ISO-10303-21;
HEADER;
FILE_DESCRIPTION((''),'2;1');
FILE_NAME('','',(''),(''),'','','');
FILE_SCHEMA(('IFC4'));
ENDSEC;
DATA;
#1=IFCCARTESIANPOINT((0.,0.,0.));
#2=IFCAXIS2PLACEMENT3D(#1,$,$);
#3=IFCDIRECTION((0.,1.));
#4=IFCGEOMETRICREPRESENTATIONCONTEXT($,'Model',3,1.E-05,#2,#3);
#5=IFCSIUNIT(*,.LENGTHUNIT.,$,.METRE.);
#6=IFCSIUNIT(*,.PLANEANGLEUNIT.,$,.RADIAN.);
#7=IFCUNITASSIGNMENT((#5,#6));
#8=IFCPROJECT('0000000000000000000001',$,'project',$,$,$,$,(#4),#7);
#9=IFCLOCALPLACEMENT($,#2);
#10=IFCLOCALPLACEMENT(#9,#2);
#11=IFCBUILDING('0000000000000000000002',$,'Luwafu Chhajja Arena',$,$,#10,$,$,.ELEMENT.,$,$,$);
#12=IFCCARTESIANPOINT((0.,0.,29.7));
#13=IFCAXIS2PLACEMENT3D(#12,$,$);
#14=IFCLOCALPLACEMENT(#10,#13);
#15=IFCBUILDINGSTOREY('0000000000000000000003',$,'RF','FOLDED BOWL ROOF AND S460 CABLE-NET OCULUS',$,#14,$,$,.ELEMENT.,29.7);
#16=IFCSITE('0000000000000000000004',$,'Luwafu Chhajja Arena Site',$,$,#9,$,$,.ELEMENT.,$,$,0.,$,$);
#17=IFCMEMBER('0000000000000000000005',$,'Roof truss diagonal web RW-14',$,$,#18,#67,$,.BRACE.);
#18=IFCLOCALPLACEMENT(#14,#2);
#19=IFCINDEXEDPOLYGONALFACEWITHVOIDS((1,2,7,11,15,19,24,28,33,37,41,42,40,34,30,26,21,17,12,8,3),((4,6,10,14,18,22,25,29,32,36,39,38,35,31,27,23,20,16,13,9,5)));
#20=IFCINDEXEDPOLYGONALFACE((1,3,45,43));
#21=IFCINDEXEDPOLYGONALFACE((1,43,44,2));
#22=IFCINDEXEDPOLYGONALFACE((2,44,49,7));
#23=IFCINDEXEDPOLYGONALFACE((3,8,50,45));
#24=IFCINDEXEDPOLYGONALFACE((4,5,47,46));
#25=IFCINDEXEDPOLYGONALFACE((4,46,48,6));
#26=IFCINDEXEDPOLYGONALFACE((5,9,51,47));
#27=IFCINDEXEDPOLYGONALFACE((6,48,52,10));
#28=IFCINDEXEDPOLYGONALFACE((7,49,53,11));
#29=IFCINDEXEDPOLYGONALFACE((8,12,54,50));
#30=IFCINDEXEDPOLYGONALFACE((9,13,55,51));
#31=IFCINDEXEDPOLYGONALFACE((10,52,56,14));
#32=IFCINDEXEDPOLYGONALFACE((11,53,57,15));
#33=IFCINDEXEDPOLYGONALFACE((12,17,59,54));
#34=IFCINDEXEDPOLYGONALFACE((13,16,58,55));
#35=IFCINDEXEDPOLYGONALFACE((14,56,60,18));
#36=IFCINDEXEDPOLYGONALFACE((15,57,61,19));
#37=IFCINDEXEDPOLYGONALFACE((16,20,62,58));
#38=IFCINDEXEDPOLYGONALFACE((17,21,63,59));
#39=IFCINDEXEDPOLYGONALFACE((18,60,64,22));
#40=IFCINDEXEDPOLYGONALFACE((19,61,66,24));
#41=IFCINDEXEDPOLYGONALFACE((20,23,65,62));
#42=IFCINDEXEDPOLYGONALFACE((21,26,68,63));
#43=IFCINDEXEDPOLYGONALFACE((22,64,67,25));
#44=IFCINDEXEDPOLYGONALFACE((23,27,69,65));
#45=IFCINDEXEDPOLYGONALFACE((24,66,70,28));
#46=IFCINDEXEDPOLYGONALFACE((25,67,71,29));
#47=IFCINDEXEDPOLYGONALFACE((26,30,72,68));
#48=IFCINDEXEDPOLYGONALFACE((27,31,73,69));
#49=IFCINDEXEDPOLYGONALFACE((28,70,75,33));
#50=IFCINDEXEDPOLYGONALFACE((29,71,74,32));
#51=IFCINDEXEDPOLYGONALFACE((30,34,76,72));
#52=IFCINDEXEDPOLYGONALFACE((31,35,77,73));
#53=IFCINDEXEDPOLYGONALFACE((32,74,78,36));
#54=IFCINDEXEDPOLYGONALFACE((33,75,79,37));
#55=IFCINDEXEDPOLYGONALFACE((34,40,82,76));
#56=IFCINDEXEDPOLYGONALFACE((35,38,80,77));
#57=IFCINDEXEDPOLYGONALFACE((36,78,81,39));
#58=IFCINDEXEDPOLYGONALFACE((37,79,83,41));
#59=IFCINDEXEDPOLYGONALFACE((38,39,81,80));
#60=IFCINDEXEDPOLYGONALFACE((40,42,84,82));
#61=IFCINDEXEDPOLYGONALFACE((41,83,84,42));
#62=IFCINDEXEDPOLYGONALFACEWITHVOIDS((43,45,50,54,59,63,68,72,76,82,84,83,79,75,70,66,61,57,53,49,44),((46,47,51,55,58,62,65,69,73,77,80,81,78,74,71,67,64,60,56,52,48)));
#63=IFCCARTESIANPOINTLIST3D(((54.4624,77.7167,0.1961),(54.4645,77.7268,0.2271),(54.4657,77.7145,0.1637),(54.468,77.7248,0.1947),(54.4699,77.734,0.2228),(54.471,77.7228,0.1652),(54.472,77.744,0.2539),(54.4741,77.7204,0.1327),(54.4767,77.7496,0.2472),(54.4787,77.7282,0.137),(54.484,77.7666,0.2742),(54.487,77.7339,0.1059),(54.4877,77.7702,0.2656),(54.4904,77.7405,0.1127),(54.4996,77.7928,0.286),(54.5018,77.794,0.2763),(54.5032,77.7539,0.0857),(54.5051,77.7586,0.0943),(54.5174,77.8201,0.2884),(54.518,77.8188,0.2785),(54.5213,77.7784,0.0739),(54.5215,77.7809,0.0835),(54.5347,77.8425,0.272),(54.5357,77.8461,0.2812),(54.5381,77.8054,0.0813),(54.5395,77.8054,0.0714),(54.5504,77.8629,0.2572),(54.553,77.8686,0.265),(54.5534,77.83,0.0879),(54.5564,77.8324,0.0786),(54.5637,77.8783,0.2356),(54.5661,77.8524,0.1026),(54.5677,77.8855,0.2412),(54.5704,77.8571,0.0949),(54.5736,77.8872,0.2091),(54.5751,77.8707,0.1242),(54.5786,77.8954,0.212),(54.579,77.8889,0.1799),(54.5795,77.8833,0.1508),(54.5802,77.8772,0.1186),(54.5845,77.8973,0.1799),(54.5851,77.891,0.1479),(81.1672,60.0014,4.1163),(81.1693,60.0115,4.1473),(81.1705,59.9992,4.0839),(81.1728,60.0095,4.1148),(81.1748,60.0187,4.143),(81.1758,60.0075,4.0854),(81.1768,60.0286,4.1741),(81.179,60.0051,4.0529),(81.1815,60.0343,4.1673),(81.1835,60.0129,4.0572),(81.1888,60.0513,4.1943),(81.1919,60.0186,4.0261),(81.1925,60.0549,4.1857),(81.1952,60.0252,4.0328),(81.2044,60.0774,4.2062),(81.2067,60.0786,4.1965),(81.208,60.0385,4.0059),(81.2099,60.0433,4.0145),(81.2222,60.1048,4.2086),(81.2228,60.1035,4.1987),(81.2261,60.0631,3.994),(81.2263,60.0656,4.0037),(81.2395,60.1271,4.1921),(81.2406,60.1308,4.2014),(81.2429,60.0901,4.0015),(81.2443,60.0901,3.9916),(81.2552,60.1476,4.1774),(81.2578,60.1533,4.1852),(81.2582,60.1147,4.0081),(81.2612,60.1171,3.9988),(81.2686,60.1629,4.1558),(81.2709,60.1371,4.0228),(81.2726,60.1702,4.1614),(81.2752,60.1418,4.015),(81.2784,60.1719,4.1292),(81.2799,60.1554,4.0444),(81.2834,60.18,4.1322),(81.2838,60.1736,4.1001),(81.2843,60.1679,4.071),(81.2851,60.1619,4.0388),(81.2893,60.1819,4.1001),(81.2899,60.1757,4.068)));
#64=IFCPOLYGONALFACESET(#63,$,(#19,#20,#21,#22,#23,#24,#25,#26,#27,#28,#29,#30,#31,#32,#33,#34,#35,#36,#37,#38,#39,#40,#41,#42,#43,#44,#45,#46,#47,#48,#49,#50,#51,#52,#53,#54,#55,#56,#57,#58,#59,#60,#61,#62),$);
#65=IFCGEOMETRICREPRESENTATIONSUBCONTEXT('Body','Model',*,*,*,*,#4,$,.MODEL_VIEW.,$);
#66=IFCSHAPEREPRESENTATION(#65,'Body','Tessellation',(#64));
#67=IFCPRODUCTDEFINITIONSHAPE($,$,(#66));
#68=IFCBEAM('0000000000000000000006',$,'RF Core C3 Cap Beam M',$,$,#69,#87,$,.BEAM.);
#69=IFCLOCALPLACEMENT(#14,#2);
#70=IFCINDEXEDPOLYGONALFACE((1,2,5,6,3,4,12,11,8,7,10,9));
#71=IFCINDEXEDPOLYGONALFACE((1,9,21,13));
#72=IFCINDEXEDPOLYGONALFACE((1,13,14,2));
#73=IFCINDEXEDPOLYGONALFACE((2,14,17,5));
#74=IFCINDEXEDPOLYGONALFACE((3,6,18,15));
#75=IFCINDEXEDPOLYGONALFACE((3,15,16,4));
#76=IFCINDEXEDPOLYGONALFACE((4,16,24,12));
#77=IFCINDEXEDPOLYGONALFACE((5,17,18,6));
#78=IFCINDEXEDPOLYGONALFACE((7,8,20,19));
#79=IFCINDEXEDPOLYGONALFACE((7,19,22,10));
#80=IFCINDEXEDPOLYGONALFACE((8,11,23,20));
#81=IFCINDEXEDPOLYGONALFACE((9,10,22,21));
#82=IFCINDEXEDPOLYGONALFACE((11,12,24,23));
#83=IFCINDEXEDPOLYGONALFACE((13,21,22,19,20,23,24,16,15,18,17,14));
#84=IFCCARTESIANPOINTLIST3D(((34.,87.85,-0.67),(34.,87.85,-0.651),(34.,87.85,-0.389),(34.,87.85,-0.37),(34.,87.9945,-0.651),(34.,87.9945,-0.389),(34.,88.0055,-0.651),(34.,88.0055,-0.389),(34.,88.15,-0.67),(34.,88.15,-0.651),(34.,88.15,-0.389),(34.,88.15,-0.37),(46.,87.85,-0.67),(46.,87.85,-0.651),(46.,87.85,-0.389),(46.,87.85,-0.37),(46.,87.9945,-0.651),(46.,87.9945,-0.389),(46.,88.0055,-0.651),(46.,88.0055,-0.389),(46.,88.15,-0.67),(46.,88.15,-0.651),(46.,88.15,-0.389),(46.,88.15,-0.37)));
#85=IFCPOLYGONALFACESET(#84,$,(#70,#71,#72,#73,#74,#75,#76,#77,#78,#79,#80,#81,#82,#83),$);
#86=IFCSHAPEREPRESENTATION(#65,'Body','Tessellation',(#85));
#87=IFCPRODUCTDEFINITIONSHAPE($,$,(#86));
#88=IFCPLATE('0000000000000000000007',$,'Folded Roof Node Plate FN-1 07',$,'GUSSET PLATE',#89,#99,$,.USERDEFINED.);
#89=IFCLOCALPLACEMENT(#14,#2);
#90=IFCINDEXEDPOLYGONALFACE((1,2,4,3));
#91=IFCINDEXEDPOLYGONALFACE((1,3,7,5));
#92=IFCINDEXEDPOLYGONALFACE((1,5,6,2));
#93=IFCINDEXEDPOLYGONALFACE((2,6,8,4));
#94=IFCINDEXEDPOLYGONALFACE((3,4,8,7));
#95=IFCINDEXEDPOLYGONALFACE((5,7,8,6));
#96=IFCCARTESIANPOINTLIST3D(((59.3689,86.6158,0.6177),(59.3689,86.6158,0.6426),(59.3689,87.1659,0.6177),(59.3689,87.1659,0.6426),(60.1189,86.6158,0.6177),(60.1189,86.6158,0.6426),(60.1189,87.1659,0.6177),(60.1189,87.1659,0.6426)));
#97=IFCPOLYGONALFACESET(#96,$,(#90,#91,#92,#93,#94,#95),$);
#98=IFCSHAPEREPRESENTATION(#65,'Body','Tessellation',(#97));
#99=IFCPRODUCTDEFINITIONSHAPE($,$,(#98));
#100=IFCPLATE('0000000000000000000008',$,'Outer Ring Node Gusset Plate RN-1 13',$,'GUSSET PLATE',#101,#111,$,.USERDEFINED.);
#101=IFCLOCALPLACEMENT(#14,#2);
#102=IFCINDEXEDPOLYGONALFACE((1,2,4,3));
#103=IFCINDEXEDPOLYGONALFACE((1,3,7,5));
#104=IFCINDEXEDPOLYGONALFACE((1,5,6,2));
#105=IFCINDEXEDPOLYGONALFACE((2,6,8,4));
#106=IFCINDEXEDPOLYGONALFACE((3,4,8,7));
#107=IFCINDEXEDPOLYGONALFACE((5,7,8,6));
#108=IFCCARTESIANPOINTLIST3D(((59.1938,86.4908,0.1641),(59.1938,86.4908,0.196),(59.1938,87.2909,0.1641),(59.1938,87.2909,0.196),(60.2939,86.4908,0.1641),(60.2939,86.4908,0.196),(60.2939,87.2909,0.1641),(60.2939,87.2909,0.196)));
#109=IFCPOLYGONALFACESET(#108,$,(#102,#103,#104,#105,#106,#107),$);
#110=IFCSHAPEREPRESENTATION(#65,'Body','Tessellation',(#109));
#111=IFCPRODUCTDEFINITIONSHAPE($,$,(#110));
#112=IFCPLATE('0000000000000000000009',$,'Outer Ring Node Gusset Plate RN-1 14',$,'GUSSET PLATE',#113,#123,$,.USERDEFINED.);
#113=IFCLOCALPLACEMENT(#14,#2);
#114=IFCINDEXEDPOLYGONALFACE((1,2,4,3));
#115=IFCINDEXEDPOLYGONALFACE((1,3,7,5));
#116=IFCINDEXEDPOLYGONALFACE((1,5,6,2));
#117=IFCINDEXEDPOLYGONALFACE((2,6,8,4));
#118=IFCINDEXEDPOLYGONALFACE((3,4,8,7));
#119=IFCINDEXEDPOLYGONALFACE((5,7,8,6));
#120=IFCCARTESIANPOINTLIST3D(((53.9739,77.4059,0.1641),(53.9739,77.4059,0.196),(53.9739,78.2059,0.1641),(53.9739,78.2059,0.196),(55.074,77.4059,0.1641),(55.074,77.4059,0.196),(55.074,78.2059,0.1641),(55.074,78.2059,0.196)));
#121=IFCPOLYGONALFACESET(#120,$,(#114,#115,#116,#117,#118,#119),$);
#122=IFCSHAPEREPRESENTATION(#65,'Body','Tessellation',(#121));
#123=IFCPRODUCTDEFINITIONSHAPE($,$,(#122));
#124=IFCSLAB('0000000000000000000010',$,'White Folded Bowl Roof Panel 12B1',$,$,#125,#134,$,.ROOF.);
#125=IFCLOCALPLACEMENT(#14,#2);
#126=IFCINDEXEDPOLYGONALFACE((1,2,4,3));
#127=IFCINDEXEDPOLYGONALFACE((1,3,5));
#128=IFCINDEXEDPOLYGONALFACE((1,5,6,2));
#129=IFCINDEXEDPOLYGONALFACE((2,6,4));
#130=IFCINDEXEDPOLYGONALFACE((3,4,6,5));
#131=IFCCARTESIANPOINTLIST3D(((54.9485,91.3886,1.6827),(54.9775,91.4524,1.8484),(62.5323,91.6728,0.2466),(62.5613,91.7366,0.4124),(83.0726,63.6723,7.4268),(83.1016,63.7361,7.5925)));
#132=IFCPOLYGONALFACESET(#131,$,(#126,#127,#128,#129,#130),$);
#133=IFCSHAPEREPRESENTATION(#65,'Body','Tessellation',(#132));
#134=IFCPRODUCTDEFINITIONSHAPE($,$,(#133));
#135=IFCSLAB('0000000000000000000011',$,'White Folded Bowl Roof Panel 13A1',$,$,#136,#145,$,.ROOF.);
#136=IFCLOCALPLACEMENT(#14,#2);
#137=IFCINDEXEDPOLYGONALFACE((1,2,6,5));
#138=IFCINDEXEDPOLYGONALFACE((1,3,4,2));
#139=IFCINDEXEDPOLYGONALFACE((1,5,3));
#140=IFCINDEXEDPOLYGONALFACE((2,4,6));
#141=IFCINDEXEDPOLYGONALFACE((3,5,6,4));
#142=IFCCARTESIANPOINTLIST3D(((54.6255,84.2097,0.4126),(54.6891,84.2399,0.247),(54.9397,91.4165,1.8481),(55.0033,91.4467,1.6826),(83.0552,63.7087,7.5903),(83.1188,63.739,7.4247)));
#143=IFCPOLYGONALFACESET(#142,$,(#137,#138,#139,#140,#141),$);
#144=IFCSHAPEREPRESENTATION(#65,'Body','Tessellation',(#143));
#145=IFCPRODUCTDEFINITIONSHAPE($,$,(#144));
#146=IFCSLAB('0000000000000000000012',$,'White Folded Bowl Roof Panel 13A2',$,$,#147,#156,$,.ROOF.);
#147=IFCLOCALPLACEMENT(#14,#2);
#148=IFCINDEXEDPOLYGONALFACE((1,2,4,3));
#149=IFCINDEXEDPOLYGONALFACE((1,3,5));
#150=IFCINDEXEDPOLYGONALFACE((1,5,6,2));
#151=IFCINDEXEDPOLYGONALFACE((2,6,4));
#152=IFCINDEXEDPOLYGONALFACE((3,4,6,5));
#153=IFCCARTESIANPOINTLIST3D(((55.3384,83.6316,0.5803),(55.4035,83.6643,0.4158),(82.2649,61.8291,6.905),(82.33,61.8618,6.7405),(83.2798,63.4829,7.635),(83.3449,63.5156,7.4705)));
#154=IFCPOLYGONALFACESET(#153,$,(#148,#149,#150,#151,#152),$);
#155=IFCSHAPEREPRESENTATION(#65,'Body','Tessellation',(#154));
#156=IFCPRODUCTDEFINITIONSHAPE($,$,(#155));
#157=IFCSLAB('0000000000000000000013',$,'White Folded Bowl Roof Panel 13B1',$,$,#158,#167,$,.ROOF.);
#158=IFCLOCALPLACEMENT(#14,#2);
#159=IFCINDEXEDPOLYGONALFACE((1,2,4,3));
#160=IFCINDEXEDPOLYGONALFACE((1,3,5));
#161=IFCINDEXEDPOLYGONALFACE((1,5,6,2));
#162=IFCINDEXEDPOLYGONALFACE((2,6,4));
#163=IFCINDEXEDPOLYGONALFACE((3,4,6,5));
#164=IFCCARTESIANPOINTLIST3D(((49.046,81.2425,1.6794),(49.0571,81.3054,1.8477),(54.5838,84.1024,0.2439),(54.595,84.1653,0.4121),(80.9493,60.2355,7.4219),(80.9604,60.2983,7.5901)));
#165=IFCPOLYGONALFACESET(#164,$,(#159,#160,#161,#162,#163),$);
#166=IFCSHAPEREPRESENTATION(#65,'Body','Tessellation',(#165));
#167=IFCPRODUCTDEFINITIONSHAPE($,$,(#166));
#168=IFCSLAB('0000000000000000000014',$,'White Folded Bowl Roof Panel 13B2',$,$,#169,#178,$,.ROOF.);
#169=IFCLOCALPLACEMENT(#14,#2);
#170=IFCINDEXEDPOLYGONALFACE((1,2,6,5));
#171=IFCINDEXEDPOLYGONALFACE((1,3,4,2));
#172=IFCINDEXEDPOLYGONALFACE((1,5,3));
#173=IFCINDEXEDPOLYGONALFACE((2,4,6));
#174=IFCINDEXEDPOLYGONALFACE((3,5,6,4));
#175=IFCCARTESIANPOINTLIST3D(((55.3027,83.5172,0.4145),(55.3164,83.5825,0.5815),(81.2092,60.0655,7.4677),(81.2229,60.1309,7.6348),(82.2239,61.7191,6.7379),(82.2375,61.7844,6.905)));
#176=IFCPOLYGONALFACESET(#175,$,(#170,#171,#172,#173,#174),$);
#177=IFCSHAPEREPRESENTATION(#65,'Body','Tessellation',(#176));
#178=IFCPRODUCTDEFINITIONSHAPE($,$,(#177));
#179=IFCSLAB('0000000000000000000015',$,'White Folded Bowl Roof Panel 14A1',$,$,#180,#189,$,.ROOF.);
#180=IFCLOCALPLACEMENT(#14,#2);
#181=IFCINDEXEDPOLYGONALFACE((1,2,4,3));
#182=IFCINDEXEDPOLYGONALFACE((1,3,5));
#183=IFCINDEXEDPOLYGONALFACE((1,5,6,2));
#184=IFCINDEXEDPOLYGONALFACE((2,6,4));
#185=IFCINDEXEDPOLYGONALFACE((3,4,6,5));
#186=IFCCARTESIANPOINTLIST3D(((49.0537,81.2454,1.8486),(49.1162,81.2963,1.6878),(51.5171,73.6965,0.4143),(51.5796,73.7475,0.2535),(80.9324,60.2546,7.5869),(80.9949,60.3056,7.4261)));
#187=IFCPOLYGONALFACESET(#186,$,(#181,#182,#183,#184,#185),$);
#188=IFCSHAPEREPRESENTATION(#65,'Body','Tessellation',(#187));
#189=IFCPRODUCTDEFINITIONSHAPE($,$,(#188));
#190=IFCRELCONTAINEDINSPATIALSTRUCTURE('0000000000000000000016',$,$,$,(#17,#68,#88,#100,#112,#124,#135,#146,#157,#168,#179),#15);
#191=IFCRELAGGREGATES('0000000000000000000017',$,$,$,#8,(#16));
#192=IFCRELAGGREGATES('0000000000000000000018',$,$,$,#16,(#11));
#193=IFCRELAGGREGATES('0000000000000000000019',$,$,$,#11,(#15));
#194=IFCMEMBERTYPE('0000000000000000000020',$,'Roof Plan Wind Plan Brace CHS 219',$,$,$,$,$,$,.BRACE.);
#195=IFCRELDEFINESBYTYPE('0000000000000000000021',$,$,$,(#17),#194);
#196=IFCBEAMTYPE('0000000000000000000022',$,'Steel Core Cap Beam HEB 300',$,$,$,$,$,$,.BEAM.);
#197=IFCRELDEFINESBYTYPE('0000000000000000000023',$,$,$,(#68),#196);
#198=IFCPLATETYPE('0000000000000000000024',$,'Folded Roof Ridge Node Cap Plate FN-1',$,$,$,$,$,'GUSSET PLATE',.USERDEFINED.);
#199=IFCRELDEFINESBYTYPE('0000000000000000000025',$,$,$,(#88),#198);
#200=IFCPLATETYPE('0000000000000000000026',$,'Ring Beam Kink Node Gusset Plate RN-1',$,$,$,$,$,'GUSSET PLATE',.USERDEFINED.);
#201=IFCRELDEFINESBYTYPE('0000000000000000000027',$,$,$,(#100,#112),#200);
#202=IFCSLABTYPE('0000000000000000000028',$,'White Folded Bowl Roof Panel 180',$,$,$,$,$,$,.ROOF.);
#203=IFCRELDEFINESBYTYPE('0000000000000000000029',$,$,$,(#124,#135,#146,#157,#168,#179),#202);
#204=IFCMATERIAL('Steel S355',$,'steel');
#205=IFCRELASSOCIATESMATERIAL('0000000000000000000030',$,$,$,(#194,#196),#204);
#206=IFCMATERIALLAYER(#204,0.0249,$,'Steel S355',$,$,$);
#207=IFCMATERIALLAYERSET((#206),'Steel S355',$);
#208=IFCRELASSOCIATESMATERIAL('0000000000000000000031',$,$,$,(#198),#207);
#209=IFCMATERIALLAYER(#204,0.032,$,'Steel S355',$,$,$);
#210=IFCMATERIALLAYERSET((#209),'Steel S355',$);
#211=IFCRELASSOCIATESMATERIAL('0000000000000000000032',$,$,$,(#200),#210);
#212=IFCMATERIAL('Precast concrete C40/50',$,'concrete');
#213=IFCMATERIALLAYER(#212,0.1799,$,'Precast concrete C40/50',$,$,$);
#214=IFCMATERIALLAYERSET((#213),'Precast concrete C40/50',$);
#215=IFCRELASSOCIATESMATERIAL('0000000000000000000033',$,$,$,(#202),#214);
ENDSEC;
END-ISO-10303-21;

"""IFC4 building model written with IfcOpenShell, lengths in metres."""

from ifc_helpers import new_model, si_unit, direction, frame, origin, origin_2d, place, context, subcontext, project, spatial, polyline, rectangle, hollow_circle, i_section, outline, extrude, material, layer, layer_set, material_profile, profile_set, type_object, element, save


model = new_model("IFC4")

# Units and contexts
model_context = context("Model", 3, precision=1e-05, world=origin(), true_north=direction((0.0, 1.0)))
body_context = subcontext(model_context, "Body", "Model", "MODEL_VIEW")
ifc_project = project(units=[si_unit("LENGTHUNIT", "METRE"), si_unit("PLANEANGLEUNIT", "RADIAN")], contexts=[model_context])

# Site, building, storey
site_placement = place(None, origin())
site = spatial("IfcSite", under=ifc_project, at=site_placement, Name="Luwafu Chhajja Arena Site", CompositionType="ELEMENT", RefElevation=0.0)
building_placement = place(site_placement, origin())
building = spatial("IfcBuilding", under=site, at=building_placement, Name="Luwafu Chhajja Arena", CompositionType="ELEMENT")
storey_placement = place(building_placement, frame((0.0, 0.0, 29.7)))
storey = spatial("IfcBuildingStorey", under=building, at=storey_placement, Name="RF", Description="FOLDED BOWL ROOF AND S460 CABLE-NET OCULUS", CompositionType="ELEMENT", Elevation=29.7)

# Shared definitions
ifc_material_1 = material(Name="Steel S355", Category="steel")

# Member
ifc_material_profile_1 = material_profile(ifc_material_1, hollow_circle(Radius=0.1096, WallThickness=0.01, at=origin_2d()), Name="CHS 219.1x10")
ifc_profile_set_1 = profile_set([ifc_material_profile_1], Name="Steel S355")
member_type = type_object("IfcMemberType", Name="Roof Plan Wind Plan Brace CHS 219", PredefinedType="BRACE", material=ifc_profile_set_1)
member_1_placement = place(storey_placement, frame((54.5239, 77.8059, 0.1799), z_axis=(0.827148, -0.54871, 0.121422), x_axis=(0.5528, 0.833314, 0.0)))
element("IfcMember", 1, at=member_1_placement, inside=storey, type_object=member_type, Name="Roof truss diagonal web RW-14", PredefinedType="BRACE", context=body_context, shape_type="SweptSolid", body=[
    extrude(hollow_circle(Radius=0.1096, WallThickness=0.01, at=origin_2d()), origin(), (0.0, 0.0, 1.0), 32.2854),
])

# Beam
ifc_material_profile_2 = material_profile(ifc_material_1, i_section(OverallWidth=0.3, OverallDepth=0.3, WebThickness=0.011, FlangeThickness=0.019, at=origin_2d()), Name="HEB 300")
ifc_profile_set_2 = profile_set([ifc_material_profile_2], Name="Steel S355")
beam_type_1 = type_object("IfcBeamType", Name="Steel Core Cap Beam HEB 300", PredefinedType="BEAM", material=ifc_profile_set_2)
beam_1_placement = place(storey_placement, frame((34.0, 88.0, -0.52), z_axis=(1.0, 0.0, 0.0), x_axis=(0.0, 1.0, 0.0)))
element("IfcBeam", 2, at=beam_1_placement, inside=storey, type_object=beam_type_1, Name="RF Core C3 Cap Beam M", PredefinedType="BEAM", context=body_context, shape_type="SweptSolid", body=[
    extrude(i_section(OverallWidth=0.3, OverallDepth=0.3, WebThickness=0.011, FlangeThickness=0.019, at=origin_2d()), origin(), (0.0, 0.0, 1.0), 12.0),
])

# Plates
ifc_layer_1 = layer(ifc_material_1, 0.0249, Name="Steel S355")
ifc_layer_set_1 = layer_set([ifc_layer_1], Name="Steel S355")
plate_type_1 = type_object("IfcPlateType", Name="Folded Roof Ridge Node Cap Plate FN-1", ElementType="GUSSET PLATE", PredefinedType="USERDEFINED", material=ifc_layer_set_1)
plate_placement = place(storey_placement, frame((59.7439, 86.8909, 0.6177), z_axis=(0.0, 0.0, 1.0), x_axis=(1.0, 0.0, 0.0)))
element("IfcPlate", 3, at=plate_placement, inside=storey, type_object=plate_type_1, Name="Folded Roof Node Plate FN-1 07", ObjectType="GUSSET PLATE", PredefinedType="USERDEFINED", context=body_context, shape_type="SweptSolid", body=[
    extrude(rectangle(XDim=0.75, YDim=0.55, at=origin_2d()), origin(), (0.0, 0.0, 1.0), 0.0249),
])
ifc_layer_2 = layer(ifc_material_1, 0.032, Name="Steel S355")
ifc_layer_set_2 = layer_set([ifc_layer_2], Name="Steel S355")
plate_type_2 = type_object("IfcPlateType", Name="Ring Beam Kink Node Gusset Plate RN-1", ElementType="GUSSET PLATE", PredefinedType="USERDEFINED", material=ifc_layer_set_2)
for number, where, z_axis, x_axis, name in (
    (4, (59.7439, 86.8909, 0.1641), (0.0, 0.0, 1.0), (1.0, 0.0, 0.0), "Outer Ring Node Gusset Plate RN-1 13"),
    (5, (54.5239, 77.8059, 0.1641), (0.0, 0.0, 1.0), (1.0, 0.0, 0.0), "Outer Ring Node Gusset Plate RN-1 14"),
):
    element("IfcPlate", number, at=place(storey_placement, frame(where, z_axis=z_axis, x_axis=x_axis)), inside=storey, type_object=plate_type_2, Name=name, ObjectType="GUSSET PLATE", PredefinedType="USERDEFINED", context=body_context, shape_type="SweptSolid", body=[
        extrude(rectangle(XDim=1.1001, YDim=0.8, at=origin_2d()), origin(), (0.0, 0.0, 1.0), 0.032),
    ])

# Slabs
ifc_material_2 = material(Name="Precast concrete C40/50", Category="concrete")
ifc_layer_3 = layer(ifc_material_2, 0.1799, Name="Precast concrete C40/50")
ifc_layer_set_3 = layer_set([ifc_layer_3], Name="Precast concrete C40/50")
slab_type = type_object("IfcSlabType", Name="White Folded Bowl Roof Panel 180", PredefinedType="ROOF", material=ifc_layer_set_3)
slab_1_placement = place(storey_placement, frame((62.5613, 91.7366, 0.4124), z_axis=(0.161137, 0.354404, 0.921104), x_axis=(0.579235, -0.789613, 0.202481)))
element("IfcSlab", 6, at=slab_1_placement, inside=storey, type_object=slab_type, Name="White Folded Bowl Roof Panel 12B1", PredefinedType="ROOF", context=body_context, shape_type="SweptSolid", body=[
    extrude(outline(polyline([(0.0, 0.0), (35.461, 0.0), (-3.8776, -6.6798), (0.0, 0.0)])), origin(), (0.0, 0.0, -1.0), 0.1799),
])
slab_2_placement = place(storey_placement, frame((54.9397, 91.4165, 1.8481), z_axis=(-0.353421, -0.167904, 0.920273), x_axis=(0.704834, -0.694613, 0.143952)))
element("IfcSlab", 7, at=slab_2_placement, inside=storey, type_object=slab_type, Name="White Folded Bowl Roof Panel 13A1", PredefinedType="ROOF", context=body_context, shape_type="SweptSolid", body=[
    extrude(outline(polyline([(0.0, 0.0), (39.8895, 0.0), (4.5778, -5.7568), (0.0, 0.0)])), origin(), (0.0, 0.0, -1.0), 0.1799),
])
slab_3_placement = place(storey_placement, frame((55.3384, 83.6316, 0.5803), z_axis=(-0.361807, -0.18158, 0.914399), x_axis=(0.794618, -0.573003, 0.200626)))
element("IfcSlab", 8, at=slab_3_placement, inside=storey, type_object=slab_type, Name="White Folded Bowl Roof Panel 13A2", PredefinedType="ROOF", context=body_context, shape_type="SweptSolid", body=[
    extrude(outline(polyline([(0.0, 0.0), (35.1633, 0.0), (35.1581, -2.0731), (0.0, 0.0)])), origin(), (0.0, 0.0, -1.0), 0.1799),
])
slab_4_placement = place(storey_placement, frame((54.595, 84.1653, 0.4121), z_axis=(0.061857, 0.349501, 0.934892), x_axis=(0.726707, -0.65784, 0.197845)))
element("IfcSlab", 9, at=slab_4_placement, inside=storey, type_object=slab_type, Name="White Folded Bowl Roof Panel 13B1", PredefinedType="ROOF", context=body_context, shape_type="SweptSolid", body=[
    extrude(outline(polyline([(0.0, 0.0), (36.2807, 0.0), (-1.859, -6.1197), (0.0, 0.0)])), origin(), (0.0, 0.0, -1.0), 0.1799),
])
slab_5_placement = place(storey_placement, frame((55.3164, 83.5825, 0.5815), z_axis=(0.07596, 0.363196, 0.928611), x_axis=(0.764543, -0.619051, 0.179583)))
element("IfcSlab", 10, at=slab_5_placement, inside=storey, type_object=slab_type, Name="White Folded Bowl Roof Panel 13B2", PredefinedType="ROOF", context=body_context, shape_type="SweptSolid", body=[
    extrude(outline(polyline([(0.0, 0.0), (35.2121, 0.0), (35.591, -2.0378), (0.0, 0.0)])), origin(), (0.0, 0.0, -1.0), 0.1799),
])
slab_6_placement = place(storey_placement, frame((49.0537, 81.2454, 1.8486), z_axis=(-0.347396, -0.283216, 0.893927), x_axis=(0.82592, -0.543833, 0.148669)))
element("IfcSlab", 11, at=slab_6_placement, inside=storey, type_object=slab_type, Name="White Folded Bowl Roof Panel 14A1", PredefinedType="ROOF", context=body_context, shape_type="SweptSolid", body=[
    extrude(outline(polyline([(0.0, 0.0), (38.5978, 0.0), (5.9266, -5.4759), (0.0, 0.0)])), origin(), (0.0, 0.0, -1.0), 0.1799),
])

save(model, "model.ifc")
